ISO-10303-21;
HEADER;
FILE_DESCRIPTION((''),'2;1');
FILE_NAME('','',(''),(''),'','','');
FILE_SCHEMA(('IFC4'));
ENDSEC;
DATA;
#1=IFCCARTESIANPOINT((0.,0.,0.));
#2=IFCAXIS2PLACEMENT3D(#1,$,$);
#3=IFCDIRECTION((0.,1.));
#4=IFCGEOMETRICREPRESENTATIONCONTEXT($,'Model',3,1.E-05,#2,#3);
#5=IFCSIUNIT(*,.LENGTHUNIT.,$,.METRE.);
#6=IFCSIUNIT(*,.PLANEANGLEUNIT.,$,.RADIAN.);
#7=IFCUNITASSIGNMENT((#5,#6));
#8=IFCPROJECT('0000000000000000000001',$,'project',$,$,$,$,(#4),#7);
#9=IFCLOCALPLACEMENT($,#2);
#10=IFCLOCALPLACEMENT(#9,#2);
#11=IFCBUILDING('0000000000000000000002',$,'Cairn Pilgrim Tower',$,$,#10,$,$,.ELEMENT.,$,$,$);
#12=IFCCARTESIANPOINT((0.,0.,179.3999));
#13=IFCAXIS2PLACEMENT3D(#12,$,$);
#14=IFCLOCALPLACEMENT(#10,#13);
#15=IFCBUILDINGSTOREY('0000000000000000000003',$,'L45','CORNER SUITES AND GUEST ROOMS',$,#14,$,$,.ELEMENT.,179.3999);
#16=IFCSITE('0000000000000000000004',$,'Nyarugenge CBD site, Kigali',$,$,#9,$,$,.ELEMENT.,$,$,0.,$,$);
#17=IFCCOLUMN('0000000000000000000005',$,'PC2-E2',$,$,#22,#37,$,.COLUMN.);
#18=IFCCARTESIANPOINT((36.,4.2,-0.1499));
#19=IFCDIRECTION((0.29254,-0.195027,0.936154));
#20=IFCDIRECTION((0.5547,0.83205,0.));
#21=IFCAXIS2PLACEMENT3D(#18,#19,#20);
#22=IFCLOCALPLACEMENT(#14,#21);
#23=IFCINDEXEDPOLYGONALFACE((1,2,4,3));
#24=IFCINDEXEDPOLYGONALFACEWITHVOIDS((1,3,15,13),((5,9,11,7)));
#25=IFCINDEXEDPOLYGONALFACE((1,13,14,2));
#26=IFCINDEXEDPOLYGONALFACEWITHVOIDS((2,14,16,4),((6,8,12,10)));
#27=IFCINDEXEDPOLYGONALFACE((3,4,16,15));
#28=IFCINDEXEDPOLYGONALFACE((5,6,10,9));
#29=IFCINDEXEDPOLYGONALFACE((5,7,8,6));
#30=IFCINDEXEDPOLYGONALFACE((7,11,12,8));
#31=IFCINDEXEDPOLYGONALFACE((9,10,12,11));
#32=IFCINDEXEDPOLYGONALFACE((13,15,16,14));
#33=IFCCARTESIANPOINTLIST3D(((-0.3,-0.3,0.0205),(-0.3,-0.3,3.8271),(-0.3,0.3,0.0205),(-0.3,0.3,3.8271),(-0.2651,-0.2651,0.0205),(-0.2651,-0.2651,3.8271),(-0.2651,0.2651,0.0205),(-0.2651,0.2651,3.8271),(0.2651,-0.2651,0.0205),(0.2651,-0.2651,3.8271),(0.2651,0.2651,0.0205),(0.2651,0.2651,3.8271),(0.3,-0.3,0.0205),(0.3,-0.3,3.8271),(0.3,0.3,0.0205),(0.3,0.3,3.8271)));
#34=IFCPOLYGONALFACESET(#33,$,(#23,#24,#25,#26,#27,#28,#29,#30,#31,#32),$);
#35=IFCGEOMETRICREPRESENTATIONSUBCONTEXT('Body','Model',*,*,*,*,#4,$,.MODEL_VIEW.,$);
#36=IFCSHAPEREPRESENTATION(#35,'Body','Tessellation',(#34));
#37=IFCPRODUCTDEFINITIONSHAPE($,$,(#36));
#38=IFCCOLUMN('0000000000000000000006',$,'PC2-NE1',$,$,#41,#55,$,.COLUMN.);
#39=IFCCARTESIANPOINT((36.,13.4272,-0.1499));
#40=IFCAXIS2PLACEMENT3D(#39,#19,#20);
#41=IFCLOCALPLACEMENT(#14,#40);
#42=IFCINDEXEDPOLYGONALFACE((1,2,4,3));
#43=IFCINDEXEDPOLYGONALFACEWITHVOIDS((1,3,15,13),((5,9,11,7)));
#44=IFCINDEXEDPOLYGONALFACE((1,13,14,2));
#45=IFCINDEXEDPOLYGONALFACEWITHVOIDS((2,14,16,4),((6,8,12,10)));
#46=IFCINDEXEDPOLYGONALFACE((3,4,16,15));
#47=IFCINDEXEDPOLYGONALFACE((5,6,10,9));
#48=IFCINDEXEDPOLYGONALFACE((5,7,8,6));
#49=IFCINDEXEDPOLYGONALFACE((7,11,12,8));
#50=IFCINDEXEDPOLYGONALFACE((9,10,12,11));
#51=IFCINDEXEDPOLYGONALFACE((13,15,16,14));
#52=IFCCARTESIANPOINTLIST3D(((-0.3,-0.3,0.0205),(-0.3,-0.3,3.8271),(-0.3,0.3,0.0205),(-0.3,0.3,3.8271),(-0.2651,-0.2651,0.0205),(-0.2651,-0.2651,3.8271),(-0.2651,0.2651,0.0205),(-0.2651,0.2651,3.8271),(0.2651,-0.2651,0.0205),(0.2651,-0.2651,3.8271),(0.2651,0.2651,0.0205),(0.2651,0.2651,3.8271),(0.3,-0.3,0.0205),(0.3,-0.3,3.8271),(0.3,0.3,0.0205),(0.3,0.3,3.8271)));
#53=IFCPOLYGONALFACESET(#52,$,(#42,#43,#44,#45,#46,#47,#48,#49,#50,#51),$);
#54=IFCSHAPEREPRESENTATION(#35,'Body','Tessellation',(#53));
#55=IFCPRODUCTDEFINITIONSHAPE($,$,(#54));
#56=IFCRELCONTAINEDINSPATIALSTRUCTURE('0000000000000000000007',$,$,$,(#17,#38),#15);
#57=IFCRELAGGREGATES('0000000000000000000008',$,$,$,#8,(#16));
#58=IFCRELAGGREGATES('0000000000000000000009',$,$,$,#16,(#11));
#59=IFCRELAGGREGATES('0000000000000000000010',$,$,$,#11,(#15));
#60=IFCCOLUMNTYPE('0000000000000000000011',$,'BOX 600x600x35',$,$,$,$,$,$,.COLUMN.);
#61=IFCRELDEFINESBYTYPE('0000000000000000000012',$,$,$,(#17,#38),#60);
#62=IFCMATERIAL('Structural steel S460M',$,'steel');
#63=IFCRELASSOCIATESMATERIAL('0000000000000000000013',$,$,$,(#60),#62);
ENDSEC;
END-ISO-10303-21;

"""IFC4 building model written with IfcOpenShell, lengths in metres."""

from ifc_helpers import new_model, si_unit, direction, frame, origin, origin_2d, place, context, subcontext, project, spatial, hollow_rectangle, extrude, clip, halfspace, material, material_profile, profile_set, type_object, element, save


model = new_model("IFC4")

# Units and contexts
model_context = context("Model", 3, precision=1e-05, world=origin(), true_north=direction((0.0, 1.0)))
body_context = subcontext(model_context, "Body", "Model", "MODEL_VIEW")
ifc_project = project(units=[si_unit("LENGTHUNIT", "METRE"), si_unit("PLANEANGLEUNIT", "RADIAN")], contexts=[model_context])

# Site, building, storey
site_placement = place(None, origin())
site = spatial("IfcSite", under=ifc_project, at=site_placement, Name="Nyarugenge CBD site, Kigali", CompositionType="ELEMENT", RefElevation=0.0)
building_placement = place(site_placement, origin())
building = spatial("IfcBuilding", under=site, at=building_placement, Name="Cairn Pilgrim Tower", CompositionType="ELEMENT")
storey_placement = place(building_placement, frame((0.0, 0.0, 179.3999)))
storey = spatial("IfcBuildingStorey", under=building, at=storey_placement, Name="L45", Description="CORNER SUITES AND GUEST ROOMS", CompositionType="ELEMENT", Elevation=179.3999)

# Columns
ifc_material_1 = material(Name="Structural steel S460M", Category="steel")
ifc_material_profile_1 = material_profile(ifc_material_1, hollow_rectangle(XDim=0.6001, YDim=0.6001, WallThickness=0.0349, at=origin_2d()), Name="BOX 600x600x35")
ifc_profile_set_1 = profile_set([ifc_material_profile_1], Name="Structural steel S460M")
column_type = type_object("IfcColumnType", Name="BOX 600x600x35", PredefinedType="COLUMN", material=ifc_profile_set_1)
for number, where, z_axis, x_axis, name in (
    (1, (36.0, 4.2, -0.1499), (0.29254, -0.195027, 0.936154), (0.5547, 0.83205, 0.0), "PC2-E2"),
    (2, (36.0, 13.4272, -0.1499), (0.29254, -0.195027, 0.936154), (0.5547, 0.83205, 0.0), "PC2-NE1"),
):
    element("IfcColumn", number, at=place(storey_placement, frame(where, z_axis=z_axis, x_axis=x_axis)), inside=storey, type_object=column_type, Name=name, PredefinedType="COLUMN", context=body_context, shape_type="Clipping", body=[
        clip(clip(extrude(hollow_rectangle(XDim=0.6001, YDim=0.6001, WallThickness=0.0349, at=origin_2d()), origin(), (0.0, 0.0, 1.0), 3.8457), halfspace(frame((0.0, 0.0, 0.0205), z_axis=(0.0, 0.0, 1.0), x_axis=(1.0, 0.0, 0.0)), True)), halfspace(frame((0.0, 0.0, 3.8271), z_axis=(0.0, 0.0, 1.0), x_axis=(1.0, 0.0, 0.0)), False)),
    ])

save(model, "model.ifc")
